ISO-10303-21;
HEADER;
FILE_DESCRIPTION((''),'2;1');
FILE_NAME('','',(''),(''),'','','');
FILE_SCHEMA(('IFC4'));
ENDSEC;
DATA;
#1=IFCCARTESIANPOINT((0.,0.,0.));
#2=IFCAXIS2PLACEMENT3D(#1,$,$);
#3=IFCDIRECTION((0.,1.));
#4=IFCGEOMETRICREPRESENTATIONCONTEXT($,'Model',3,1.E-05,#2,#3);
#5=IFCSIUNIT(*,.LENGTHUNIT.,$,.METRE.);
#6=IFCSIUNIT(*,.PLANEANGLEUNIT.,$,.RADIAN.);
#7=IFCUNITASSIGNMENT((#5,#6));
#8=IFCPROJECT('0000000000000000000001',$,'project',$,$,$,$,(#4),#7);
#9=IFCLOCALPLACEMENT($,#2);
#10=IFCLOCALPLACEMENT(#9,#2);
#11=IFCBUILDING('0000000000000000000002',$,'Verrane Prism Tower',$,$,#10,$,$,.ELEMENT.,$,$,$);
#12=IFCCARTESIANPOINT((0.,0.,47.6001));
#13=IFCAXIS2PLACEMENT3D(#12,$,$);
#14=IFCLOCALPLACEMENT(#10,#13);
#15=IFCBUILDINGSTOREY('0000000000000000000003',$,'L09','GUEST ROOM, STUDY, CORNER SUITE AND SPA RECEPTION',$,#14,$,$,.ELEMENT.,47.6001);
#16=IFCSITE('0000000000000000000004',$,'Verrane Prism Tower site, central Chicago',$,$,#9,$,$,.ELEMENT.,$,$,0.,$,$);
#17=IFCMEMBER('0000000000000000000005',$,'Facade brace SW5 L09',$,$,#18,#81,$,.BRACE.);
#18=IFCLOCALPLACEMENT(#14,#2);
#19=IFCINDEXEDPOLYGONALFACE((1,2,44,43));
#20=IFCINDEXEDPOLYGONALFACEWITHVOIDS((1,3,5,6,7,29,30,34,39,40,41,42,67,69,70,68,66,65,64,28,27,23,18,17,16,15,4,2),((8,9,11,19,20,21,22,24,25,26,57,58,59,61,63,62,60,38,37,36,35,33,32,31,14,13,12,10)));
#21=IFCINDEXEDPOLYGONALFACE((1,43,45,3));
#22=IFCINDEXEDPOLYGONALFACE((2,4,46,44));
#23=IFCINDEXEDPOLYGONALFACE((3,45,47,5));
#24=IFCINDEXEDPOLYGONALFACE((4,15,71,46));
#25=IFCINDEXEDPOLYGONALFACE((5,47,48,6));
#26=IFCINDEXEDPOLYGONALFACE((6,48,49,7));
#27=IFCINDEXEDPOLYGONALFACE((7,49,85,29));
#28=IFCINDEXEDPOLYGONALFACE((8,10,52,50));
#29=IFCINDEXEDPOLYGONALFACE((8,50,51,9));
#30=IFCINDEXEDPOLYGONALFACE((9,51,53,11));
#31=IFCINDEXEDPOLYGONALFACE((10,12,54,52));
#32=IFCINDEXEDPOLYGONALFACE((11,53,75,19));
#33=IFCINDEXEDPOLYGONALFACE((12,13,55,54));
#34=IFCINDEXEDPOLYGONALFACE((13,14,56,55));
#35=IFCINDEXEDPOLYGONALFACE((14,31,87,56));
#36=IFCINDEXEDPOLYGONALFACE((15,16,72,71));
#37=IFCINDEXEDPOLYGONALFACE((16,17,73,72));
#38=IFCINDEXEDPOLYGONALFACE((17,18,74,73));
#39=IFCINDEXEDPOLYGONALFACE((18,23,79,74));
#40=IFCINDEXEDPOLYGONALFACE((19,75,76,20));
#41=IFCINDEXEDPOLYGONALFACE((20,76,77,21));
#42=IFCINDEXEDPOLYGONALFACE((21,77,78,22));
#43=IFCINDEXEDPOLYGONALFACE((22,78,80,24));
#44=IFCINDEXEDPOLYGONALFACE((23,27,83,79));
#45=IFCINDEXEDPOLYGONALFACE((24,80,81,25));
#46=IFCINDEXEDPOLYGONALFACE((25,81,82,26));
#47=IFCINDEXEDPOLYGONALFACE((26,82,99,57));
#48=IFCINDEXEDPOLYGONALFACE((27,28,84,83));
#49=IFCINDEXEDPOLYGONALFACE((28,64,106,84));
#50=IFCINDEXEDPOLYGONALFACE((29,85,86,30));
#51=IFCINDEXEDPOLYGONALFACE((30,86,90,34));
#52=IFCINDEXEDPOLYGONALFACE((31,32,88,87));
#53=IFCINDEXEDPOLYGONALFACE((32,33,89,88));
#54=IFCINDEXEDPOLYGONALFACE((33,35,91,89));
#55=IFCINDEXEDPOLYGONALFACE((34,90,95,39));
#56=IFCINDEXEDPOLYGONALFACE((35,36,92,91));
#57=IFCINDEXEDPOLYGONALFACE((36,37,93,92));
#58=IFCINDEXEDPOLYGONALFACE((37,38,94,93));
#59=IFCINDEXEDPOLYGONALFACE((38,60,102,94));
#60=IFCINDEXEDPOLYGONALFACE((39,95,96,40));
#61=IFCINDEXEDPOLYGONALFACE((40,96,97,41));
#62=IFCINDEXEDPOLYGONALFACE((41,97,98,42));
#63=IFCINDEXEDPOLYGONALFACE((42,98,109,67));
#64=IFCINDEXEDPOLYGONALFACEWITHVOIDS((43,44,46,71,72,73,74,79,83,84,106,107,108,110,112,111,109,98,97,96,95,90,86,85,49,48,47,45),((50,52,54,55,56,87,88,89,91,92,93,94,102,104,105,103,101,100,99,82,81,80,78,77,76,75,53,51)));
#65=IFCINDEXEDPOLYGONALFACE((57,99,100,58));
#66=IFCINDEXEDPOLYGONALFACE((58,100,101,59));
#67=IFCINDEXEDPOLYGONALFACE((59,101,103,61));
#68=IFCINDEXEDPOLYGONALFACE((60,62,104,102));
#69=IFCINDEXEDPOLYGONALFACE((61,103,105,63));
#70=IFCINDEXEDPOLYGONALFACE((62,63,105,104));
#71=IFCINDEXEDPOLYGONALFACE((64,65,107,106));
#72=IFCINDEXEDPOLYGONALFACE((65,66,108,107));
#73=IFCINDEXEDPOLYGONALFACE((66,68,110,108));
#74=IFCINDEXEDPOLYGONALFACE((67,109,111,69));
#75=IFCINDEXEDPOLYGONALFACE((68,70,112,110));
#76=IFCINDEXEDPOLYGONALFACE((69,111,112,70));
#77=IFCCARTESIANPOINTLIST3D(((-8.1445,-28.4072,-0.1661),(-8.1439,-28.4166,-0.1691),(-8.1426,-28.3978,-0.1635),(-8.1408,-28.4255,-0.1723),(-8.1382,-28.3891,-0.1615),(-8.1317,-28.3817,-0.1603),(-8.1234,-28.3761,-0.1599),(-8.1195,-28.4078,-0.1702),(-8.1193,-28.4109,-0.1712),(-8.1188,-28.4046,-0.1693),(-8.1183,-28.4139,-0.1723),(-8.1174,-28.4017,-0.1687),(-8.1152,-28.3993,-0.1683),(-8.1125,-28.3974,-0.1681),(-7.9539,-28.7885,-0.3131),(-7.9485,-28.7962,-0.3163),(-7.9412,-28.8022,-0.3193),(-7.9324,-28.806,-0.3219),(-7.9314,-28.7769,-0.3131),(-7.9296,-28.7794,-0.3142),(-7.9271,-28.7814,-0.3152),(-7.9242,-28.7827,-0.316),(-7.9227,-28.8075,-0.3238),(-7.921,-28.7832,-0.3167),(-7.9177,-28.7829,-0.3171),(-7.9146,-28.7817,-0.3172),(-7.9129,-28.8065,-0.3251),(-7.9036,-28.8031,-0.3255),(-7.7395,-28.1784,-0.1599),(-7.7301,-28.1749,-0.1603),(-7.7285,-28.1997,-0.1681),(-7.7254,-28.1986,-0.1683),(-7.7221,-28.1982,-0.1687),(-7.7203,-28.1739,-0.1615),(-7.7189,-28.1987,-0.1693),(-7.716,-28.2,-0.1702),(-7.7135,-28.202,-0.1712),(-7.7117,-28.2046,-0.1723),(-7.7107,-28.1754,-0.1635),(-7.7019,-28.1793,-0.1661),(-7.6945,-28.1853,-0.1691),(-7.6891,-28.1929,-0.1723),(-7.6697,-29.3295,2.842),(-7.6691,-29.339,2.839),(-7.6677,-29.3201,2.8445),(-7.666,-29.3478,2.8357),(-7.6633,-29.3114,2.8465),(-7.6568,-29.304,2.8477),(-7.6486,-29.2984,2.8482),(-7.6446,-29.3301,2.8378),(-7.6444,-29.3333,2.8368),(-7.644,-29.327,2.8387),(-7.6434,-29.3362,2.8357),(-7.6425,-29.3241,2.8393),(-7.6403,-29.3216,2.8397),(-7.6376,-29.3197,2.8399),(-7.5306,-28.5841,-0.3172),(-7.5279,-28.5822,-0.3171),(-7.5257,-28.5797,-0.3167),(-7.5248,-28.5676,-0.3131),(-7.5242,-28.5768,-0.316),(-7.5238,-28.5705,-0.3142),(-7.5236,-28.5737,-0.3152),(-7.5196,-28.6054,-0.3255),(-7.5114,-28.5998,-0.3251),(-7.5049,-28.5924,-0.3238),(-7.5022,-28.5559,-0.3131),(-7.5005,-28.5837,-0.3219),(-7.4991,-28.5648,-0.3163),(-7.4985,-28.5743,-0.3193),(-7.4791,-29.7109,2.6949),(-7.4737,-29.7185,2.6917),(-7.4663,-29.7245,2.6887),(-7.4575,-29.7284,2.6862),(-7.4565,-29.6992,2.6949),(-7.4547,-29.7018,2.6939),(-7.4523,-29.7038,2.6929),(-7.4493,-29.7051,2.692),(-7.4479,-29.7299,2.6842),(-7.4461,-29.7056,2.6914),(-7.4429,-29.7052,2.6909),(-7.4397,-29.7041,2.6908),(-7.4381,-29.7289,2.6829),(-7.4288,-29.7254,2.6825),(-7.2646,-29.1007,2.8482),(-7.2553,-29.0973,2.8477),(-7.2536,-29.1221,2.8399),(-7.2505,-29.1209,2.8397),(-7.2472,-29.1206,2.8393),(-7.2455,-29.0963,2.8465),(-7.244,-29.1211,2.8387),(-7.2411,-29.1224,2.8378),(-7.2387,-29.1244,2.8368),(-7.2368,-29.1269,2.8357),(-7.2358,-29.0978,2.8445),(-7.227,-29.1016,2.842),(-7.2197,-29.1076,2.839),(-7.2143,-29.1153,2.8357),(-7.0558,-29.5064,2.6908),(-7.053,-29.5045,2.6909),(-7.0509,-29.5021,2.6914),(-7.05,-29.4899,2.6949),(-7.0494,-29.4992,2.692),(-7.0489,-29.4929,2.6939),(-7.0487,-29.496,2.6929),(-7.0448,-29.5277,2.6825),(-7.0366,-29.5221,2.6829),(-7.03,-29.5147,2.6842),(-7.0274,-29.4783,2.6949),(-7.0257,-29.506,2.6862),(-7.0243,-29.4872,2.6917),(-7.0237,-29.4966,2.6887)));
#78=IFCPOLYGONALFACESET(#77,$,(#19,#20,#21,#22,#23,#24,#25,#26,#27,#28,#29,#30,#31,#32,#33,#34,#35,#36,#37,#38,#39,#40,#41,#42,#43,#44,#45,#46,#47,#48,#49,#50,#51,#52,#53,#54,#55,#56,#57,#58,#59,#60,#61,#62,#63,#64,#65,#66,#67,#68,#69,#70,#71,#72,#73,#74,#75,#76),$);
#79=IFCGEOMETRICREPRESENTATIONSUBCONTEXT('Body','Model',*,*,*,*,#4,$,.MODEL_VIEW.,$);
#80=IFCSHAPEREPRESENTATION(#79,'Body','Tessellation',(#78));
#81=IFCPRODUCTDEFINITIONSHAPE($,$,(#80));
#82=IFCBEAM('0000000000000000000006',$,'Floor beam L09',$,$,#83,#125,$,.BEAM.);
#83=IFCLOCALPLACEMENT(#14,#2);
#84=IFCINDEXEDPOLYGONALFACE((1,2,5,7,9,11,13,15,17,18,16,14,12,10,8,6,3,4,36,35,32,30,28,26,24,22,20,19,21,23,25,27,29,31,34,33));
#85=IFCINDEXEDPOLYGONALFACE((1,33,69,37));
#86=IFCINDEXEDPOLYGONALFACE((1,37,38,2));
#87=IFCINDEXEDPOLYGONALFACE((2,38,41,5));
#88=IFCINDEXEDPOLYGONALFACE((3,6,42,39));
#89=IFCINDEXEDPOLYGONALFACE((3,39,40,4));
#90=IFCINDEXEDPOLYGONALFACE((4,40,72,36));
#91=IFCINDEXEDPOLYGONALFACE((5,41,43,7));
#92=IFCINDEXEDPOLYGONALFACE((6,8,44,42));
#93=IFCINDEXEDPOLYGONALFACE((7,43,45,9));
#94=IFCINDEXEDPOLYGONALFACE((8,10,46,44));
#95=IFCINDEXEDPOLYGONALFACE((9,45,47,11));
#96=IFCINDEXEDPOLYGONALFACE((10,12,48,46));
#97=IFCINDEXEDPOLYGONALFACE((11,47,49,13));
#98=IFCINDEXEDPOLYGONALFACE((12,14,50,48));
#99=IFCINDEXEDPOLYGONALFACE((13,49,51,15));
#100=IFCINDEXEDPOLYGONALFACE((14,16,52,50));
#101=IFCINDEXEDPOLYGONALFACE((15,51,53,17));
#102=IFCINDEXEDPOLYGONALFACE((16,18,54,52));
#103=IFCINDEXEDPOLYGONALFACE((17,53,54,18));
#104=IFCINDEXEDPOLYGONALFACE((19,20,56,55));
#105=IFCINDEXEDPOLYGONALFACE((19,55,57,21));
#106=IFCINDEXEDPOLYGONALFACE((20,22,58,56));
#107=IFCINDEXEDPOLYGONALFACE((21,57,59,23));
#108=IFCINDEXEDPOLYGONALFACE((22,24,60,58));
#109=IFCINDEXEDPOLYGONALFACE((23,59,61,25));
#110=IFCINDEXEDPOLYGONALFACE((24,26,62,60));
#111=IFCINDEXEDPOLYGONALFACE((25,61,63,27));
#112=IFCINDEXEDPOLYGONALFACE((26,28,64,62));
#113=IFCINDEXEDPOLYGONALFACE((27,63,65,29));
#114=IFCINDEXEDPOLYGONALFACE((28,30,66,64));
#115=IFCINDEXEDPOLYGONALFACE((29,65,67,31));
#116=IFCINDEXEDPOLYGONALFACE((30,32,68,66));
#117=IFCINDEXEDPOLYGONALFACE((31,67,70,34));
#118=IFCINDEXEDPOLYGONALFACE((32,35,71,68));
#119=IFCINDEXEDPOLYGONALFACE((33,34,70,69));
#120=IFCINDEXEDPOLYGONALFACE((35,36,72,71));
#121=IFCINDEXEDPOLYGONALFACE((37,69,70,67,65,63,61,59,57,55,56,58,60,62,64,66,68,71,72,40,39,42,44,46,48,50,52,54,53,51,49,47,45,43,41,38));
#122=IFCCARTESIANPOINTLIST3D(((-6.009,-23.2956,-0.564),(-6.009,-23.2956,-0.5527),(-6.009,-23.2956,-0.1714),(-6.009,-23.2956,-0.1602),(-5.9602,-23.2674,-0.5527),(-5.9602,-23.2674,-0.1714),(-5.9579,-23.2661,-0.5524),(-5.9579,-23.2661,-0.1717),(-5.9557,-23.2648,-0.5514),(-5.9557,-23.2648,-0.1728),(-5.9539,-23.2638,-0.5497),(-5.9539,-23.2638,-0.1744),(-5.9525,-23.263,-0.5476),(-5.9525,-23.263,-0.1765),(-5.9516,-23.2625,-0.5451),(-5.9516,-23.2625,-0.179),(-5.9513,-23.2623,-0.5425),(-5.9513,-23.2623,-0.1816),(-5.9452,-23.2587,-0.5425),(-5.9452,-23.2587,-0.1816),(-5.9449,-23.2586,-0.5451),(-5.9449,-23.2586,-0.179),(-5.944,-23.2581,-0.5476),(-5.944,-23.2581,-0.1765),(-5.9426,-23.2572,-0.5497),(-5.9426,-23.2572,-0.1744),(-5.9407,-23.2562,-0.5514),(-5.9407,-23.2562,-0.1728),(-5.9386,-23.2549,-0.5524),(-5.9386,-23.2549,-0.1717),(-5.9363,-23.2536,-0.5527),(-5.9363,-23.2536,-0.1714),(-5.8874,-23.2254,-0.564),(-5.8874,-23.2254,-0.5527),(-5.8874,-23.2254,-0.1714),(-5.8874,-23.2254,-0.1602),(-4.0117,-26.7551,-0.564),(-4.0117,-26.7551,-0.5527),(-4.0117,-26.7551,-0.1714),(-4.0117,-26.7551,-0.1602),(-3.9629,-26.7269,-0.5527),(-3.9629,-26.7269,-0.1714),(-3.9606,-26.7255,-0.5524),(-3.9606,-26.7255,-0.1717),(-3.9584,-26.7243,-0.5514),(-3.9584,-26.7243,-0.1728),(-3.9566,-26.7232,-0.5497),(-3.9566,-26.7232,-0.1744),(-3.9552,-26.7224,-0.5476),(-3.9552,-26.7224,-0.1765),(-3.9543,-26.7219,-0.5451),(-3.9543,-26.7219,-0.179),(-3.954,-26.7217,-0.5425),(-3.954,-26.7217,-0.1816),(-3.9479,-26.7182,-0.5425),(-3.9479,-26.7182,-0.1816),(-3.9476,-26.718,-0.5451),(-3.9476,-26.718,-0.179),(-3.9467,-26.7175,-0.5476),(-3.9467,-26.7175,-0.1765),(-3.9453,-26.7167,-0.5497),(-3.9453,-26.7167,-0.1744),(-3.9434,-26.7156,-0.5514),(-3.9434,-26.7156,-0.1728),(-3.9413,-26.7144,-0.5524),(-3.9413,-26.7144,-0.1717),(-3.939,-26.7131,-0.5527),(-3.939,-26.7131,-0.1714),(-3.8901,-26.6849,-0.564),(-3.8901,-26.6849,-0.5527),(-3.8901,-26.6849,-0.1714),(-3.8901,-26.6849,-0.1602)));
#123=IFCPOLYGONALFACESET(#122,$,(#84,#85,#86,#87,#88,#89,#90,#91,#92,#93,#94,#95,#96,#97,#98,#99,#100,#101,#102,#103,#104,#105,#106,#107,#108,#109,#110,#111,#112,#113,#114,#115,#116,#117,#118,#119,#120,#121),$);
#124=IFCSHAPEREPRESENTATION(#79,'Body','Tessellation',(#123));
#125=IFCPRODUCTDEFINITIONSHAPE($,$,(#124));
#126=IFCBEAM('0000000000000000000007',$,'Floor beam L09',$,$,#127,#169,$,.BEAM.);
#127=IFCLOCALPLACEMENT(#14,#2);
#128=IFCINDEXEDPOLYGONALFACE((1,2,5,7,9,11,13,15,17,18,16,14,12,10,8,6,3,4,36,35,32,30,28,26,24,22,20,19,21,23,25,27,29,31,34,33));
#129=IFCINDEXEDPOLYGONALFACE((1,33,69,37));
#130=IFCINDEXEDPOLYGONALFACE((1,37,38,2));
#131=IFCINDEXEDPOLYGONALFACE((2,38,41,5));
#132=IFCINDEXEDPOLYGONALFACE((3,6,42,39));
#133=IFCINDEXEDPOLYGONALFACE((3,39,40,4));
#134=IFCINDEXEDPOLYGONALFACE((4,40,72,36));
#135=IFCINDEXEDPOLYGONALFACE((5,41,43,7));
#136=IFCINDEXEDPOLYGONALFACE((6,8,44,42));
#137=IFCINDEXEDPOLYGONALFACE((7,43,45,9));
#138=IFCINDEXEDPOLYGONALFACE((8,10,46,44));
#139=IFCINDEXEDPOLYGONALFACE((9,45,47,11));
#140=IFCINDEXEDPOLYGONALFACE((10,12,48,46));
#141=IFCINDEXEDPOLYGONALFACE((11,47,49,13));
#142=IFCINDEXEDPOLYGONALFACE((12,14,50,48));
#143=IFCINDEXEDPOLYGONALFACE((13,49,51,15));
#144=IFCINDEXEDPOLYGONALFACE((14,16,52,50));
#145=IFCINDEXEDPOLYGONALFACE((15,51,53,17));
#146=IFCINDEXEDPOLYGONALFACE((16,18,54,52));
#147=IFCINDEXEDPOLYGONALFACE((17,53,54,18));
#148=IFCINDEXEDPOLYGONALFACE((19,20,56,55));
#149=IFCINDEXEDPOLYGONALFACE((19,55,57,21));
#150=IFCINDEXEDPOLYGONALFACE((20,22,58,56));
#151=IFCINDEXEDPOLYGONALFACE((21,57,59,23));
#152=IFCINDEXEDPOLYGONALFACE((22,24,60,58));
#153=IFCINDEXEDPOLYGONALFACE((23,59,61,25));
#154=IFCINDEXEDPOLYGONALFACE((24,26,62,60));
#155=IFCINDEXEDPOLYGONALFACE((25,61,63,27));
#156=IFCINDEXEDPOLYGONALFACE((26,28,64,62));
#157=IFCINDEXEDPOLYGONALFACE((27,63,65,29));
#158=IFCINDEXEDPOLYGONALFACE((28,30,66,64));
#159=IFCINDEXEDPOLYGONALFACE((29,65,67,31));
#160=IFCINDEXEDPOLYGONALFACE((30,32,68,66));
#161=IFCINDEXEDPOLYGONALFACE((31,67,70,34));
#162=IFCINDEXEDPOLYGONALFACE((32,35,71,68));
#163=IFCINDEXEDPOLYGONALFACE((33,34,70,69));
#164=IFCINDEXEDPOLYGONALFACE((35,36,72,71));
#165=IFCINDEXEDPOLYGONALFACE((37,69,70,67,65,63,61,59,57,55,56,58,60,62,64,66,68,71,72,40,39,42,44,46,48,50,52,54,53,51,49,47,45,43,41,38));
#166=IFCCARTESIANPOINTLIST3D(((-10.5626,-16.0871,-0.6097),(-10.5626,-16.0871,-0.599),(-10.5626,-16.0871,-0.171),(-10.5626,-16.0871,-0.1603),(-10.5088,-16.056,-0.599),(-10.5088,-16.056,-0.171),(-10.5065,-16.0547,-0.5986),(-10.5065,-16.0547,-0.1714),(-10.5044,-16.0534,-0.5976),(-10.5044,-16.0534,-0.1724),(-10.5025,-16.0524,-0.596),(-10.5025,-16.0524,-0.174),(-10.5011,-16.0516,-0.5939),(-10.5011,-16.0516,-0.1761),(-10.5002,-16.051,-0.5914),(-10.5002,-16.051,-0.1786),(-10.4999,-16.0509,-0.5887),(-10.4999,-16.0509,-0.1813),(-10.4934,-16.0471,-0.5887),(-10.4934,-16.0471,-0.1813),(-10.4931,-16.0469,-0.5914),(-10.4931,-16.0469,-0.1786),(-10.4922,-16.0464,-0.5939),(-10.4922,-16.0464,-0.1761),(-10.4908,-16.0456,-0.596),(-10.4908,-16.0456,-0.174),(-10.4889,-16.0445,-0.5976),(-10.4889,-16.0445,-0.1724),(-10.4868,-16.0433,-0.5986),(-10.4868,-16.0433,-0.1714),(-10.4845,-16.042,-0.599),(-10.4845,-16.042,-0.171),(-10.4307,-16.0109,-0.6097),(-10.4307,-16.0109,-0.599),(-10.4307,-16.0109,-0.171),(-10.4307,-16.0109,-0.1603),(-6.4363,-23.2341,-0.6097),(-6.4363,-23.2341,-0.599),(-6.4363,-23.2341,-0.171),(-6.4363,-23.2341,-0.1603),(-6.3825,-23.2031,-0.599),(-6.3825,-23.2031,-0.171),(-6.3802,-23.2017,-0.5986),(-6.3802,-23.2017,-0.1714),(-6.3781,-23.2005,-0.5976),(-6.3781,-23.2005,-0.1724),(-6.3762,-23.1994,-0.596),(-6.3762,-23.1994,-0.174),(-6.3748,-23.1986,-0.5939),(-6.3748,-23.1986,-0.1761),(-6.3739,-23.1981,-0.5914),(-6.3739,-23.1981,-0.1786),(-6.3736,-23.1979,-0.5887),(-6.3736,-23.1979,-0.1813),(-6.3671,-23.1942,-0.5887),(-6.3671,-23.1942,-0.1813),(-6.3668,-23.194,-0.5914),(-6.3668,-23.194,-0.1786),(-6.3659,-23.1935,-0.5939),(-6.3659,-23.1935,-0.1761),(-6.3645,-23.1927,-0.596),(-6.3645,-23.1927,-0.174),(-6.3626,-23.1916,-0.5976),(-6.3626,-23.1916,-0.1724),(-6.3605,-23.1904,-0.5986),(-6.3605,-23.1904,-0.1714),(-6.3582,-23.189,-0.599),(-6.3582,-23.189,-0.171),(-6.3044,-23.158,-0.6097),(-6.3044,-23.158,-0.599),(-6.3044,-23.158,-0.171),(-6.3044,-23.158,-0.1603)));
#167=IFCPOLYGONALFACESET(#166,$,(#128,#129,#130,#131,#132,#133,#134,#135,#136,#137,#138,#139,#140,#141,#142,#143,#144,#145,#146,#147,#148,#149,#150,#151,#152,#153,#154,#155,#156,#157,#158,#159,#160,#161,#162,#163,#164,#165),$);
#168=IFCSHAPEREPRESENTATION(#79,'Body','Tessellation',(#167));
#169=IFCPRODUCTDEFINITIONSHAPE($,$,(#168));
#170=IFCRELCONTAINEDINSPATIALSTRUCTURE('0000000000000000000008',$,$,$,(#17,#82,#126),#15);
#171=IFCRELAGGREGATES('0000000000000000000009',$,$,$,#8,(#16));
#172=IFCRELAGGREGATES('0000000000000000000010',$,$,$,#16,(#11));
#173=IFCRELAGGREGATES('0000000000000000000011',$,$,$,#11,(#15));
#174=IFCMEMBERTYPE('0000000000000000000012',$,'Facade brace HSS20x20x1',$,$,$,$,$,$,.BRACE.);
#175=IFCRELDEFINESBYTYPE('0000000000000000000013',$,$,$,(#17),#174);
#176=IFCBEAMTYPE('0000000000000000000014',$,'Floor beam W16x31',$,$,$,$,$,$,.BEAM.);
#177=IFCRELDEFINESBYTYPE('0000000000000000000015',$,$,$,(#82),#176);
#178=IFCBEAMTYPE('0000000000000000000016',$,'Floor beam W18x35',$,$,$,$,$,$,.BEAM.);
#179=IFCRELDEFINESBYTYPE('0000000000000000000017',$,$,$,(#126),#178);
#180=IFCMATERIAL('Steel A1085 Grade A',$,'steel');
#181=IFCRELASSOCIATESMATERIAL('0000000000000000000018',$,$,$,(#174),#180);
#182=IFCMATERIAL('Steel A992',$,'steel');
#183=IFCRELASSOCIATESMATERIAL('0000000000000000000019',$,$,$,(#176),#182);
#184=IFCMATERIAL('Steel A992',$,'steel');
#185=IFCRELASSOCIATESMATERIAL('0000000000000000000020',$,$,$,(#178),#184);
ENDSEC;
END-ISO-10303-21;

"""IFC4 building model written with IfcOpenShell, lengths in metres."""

from ifc_helpers import new_model, si_unit, direction, frame, origin, origin_2d, place, context, subcontext, project, spatial, hollow_rectangle, i_section, extrude, material, material_profile, profile_set, type_object, element, save


model = new_model("IFC4")

# Units and contexts
model_context = context("Model", 3, precision=1e-05, world=origin(), true_north=direction((0.0, 1.0)))
body_context = subcontext(model_context, "Body", "Model", "MODEL_VIEW")
ifc_project = project(units=[si_unit("LENGTHUNIT", "METRE"), si_unit("PLANEANGLEUNIT", "RADIAN")], contexts=[model_context])

# Site, building, storey
site_placement = place(None, origin())
site = spatial("IfcSite", under=ifc_project, at=site_placement, Name="Verrane Prism Tower site, central Chicago", CompositionType="ELEMENT", RefElevation=0.0)
building_placement = place(site_placement, origin())
building = spatial("IfcBuilding", under=site, at=building_placement, Name="Verrane Prism Tower", CompositionType="ELEMENT")
storey_placement = place(building_placement, frame((0.0, 0.0, 47.6001)))
storey = spatial("IfcBuildingStorey", under=building, at=storey_placement, Name="L09", Description="GUEST ROOM, STUDY, CORNER SUITE AND SPA RECEPTION", CompositionType="ELEMENT", Elevation=47.6001)

# Member
ifc_material_1 = material(Name="Steel A1085 Grade A", Category="steel")
ifc_material_profile_1 = material_profile(ifc_material_1, hollow_rectangle(XDim=0.5081, YDim=0.5081, WallThickness=0.0254, InnerFilletRadius=0.0127, OuterFilletRadius=0.0381, at=origin_2d()), Name="HSS20x20x1")
ifc_profile_set_1 = profile_set([ifc_material_profile_1], Name="Steel A1085 Grade A")
member_type_1 = type_object("IfcMemberType", Name="Facade brace HSS20x20x1", PredefinedType="BRACE", material=ifc_profile_set_1)
member_1_placement = place(storey_placement, frame((-7.8215, -28.4907, -0.2427), z_axis=(0.149235, -0.289876, 0.945358), x_axis=(0.889094, 0.457726, 0.0)))
element("IfcMember", 1, at=member_1_placement, inside=storey, type_object=member_type_1, Name="Facade brace SW5 L09", PredefinedType="BRACE", context=body_context, shape_type="SweptSolid", body=[
    extrude(hollow_rectangle(XDim=0.5081, YDim=0.5081, WallThickness=0.0254, InnerFilletRadius=0.0127, OuterFilletRadius=0.0381, at=origin_2d()), origin(), (0.0, 0.0, 1.0), 3.1819),
])

# Beams
ifc_material_2 = material(Name="Steel A992", Category="steel")
ifc_material_profile_2 = material_profile(ifc_material_2, i_section(OverallWidth=0.1404, OverallDepth=0.4038, WebThickness=0.0071, FlangeThickness=0.0112, FilletRadius=0.0103, at=origin_2d()), Name="W16x31")
ifc_profile_set_2 = profile_set([ifc_material_profile_2], Name="Steel A992")
beam_type_1 = type_object("IfcBeamType", Name="Floor beam W16x31", PredefinedType="BEAM", material=ifc_profile_set_2)
beam_1_placement = place(storey_placement, frame((-3.9509, -26.72, -0.3621), z_axis=(-0.499998, 0.866027, 0.0), x_axis=(-0.866027, -0.499998, 0.0)))
element("IfcBeam", 2, at=beam_1_placement, inside=storey, type_object=beam_type_1, Name="Floor beam L09", PredefinedType="BEAM", context=body_context, shape_type="SweptSolid", body=[
    extrude(i_section(OverallWidth=0.1404, OverallDepth=0.4038, WebThickness=0.0071, FlangeThickness=0.0112, FilletRadius=0.0103, at=origin_2d()), origin(), (0.0, 0.0, 1.0), 3.9946),
])
ifc_material_3 = material(Name="Steel A992", Category="steel")
ifc_material_profile_3 = material_profile(ifc_material_3, i_section(OverallWidth=0.1523, OverallDepth=0.4495, WebThickness=0.0076, FlangeThickness=0.0107, FilletRadius=0.0103, at=origin_2d()), Name="W18x35")
ifc_profile_set_3 = profile_set([ifc_material_profile_3], Name="Steel A992")
beam_type_2 = type_object("IfcBeamType", Name="Floor beam W18x35", PredefinedType="BEAM", material=ifc_profile_set_3)
beam_2_placement = place(storey_placement, frame((-6.3704, -23.196, -0.385), z_axis=(-0.499992, 0.86603, 0.0), x_axis=(-0.86603, -0.499992, 0.0)))
element("IfcBeam", 3, at=beam_2_placement, inside=storey, type_object=beam_type_2, Name="Floor beam L09", PredefinedType="BEAM", context=body_context, shape_type="SweptSolid", body=[
    extrude(i_section(OverallWidth=0.1523, OverallDepth=0.4495, WebThickness=0.0076, FlangeThickness=0.0107, FilletRadius=0.0103, at=origin_2d()), origin(), (0.0, 0.0, 1.0), 8.2527),
])

save(model, "model.ifc")
